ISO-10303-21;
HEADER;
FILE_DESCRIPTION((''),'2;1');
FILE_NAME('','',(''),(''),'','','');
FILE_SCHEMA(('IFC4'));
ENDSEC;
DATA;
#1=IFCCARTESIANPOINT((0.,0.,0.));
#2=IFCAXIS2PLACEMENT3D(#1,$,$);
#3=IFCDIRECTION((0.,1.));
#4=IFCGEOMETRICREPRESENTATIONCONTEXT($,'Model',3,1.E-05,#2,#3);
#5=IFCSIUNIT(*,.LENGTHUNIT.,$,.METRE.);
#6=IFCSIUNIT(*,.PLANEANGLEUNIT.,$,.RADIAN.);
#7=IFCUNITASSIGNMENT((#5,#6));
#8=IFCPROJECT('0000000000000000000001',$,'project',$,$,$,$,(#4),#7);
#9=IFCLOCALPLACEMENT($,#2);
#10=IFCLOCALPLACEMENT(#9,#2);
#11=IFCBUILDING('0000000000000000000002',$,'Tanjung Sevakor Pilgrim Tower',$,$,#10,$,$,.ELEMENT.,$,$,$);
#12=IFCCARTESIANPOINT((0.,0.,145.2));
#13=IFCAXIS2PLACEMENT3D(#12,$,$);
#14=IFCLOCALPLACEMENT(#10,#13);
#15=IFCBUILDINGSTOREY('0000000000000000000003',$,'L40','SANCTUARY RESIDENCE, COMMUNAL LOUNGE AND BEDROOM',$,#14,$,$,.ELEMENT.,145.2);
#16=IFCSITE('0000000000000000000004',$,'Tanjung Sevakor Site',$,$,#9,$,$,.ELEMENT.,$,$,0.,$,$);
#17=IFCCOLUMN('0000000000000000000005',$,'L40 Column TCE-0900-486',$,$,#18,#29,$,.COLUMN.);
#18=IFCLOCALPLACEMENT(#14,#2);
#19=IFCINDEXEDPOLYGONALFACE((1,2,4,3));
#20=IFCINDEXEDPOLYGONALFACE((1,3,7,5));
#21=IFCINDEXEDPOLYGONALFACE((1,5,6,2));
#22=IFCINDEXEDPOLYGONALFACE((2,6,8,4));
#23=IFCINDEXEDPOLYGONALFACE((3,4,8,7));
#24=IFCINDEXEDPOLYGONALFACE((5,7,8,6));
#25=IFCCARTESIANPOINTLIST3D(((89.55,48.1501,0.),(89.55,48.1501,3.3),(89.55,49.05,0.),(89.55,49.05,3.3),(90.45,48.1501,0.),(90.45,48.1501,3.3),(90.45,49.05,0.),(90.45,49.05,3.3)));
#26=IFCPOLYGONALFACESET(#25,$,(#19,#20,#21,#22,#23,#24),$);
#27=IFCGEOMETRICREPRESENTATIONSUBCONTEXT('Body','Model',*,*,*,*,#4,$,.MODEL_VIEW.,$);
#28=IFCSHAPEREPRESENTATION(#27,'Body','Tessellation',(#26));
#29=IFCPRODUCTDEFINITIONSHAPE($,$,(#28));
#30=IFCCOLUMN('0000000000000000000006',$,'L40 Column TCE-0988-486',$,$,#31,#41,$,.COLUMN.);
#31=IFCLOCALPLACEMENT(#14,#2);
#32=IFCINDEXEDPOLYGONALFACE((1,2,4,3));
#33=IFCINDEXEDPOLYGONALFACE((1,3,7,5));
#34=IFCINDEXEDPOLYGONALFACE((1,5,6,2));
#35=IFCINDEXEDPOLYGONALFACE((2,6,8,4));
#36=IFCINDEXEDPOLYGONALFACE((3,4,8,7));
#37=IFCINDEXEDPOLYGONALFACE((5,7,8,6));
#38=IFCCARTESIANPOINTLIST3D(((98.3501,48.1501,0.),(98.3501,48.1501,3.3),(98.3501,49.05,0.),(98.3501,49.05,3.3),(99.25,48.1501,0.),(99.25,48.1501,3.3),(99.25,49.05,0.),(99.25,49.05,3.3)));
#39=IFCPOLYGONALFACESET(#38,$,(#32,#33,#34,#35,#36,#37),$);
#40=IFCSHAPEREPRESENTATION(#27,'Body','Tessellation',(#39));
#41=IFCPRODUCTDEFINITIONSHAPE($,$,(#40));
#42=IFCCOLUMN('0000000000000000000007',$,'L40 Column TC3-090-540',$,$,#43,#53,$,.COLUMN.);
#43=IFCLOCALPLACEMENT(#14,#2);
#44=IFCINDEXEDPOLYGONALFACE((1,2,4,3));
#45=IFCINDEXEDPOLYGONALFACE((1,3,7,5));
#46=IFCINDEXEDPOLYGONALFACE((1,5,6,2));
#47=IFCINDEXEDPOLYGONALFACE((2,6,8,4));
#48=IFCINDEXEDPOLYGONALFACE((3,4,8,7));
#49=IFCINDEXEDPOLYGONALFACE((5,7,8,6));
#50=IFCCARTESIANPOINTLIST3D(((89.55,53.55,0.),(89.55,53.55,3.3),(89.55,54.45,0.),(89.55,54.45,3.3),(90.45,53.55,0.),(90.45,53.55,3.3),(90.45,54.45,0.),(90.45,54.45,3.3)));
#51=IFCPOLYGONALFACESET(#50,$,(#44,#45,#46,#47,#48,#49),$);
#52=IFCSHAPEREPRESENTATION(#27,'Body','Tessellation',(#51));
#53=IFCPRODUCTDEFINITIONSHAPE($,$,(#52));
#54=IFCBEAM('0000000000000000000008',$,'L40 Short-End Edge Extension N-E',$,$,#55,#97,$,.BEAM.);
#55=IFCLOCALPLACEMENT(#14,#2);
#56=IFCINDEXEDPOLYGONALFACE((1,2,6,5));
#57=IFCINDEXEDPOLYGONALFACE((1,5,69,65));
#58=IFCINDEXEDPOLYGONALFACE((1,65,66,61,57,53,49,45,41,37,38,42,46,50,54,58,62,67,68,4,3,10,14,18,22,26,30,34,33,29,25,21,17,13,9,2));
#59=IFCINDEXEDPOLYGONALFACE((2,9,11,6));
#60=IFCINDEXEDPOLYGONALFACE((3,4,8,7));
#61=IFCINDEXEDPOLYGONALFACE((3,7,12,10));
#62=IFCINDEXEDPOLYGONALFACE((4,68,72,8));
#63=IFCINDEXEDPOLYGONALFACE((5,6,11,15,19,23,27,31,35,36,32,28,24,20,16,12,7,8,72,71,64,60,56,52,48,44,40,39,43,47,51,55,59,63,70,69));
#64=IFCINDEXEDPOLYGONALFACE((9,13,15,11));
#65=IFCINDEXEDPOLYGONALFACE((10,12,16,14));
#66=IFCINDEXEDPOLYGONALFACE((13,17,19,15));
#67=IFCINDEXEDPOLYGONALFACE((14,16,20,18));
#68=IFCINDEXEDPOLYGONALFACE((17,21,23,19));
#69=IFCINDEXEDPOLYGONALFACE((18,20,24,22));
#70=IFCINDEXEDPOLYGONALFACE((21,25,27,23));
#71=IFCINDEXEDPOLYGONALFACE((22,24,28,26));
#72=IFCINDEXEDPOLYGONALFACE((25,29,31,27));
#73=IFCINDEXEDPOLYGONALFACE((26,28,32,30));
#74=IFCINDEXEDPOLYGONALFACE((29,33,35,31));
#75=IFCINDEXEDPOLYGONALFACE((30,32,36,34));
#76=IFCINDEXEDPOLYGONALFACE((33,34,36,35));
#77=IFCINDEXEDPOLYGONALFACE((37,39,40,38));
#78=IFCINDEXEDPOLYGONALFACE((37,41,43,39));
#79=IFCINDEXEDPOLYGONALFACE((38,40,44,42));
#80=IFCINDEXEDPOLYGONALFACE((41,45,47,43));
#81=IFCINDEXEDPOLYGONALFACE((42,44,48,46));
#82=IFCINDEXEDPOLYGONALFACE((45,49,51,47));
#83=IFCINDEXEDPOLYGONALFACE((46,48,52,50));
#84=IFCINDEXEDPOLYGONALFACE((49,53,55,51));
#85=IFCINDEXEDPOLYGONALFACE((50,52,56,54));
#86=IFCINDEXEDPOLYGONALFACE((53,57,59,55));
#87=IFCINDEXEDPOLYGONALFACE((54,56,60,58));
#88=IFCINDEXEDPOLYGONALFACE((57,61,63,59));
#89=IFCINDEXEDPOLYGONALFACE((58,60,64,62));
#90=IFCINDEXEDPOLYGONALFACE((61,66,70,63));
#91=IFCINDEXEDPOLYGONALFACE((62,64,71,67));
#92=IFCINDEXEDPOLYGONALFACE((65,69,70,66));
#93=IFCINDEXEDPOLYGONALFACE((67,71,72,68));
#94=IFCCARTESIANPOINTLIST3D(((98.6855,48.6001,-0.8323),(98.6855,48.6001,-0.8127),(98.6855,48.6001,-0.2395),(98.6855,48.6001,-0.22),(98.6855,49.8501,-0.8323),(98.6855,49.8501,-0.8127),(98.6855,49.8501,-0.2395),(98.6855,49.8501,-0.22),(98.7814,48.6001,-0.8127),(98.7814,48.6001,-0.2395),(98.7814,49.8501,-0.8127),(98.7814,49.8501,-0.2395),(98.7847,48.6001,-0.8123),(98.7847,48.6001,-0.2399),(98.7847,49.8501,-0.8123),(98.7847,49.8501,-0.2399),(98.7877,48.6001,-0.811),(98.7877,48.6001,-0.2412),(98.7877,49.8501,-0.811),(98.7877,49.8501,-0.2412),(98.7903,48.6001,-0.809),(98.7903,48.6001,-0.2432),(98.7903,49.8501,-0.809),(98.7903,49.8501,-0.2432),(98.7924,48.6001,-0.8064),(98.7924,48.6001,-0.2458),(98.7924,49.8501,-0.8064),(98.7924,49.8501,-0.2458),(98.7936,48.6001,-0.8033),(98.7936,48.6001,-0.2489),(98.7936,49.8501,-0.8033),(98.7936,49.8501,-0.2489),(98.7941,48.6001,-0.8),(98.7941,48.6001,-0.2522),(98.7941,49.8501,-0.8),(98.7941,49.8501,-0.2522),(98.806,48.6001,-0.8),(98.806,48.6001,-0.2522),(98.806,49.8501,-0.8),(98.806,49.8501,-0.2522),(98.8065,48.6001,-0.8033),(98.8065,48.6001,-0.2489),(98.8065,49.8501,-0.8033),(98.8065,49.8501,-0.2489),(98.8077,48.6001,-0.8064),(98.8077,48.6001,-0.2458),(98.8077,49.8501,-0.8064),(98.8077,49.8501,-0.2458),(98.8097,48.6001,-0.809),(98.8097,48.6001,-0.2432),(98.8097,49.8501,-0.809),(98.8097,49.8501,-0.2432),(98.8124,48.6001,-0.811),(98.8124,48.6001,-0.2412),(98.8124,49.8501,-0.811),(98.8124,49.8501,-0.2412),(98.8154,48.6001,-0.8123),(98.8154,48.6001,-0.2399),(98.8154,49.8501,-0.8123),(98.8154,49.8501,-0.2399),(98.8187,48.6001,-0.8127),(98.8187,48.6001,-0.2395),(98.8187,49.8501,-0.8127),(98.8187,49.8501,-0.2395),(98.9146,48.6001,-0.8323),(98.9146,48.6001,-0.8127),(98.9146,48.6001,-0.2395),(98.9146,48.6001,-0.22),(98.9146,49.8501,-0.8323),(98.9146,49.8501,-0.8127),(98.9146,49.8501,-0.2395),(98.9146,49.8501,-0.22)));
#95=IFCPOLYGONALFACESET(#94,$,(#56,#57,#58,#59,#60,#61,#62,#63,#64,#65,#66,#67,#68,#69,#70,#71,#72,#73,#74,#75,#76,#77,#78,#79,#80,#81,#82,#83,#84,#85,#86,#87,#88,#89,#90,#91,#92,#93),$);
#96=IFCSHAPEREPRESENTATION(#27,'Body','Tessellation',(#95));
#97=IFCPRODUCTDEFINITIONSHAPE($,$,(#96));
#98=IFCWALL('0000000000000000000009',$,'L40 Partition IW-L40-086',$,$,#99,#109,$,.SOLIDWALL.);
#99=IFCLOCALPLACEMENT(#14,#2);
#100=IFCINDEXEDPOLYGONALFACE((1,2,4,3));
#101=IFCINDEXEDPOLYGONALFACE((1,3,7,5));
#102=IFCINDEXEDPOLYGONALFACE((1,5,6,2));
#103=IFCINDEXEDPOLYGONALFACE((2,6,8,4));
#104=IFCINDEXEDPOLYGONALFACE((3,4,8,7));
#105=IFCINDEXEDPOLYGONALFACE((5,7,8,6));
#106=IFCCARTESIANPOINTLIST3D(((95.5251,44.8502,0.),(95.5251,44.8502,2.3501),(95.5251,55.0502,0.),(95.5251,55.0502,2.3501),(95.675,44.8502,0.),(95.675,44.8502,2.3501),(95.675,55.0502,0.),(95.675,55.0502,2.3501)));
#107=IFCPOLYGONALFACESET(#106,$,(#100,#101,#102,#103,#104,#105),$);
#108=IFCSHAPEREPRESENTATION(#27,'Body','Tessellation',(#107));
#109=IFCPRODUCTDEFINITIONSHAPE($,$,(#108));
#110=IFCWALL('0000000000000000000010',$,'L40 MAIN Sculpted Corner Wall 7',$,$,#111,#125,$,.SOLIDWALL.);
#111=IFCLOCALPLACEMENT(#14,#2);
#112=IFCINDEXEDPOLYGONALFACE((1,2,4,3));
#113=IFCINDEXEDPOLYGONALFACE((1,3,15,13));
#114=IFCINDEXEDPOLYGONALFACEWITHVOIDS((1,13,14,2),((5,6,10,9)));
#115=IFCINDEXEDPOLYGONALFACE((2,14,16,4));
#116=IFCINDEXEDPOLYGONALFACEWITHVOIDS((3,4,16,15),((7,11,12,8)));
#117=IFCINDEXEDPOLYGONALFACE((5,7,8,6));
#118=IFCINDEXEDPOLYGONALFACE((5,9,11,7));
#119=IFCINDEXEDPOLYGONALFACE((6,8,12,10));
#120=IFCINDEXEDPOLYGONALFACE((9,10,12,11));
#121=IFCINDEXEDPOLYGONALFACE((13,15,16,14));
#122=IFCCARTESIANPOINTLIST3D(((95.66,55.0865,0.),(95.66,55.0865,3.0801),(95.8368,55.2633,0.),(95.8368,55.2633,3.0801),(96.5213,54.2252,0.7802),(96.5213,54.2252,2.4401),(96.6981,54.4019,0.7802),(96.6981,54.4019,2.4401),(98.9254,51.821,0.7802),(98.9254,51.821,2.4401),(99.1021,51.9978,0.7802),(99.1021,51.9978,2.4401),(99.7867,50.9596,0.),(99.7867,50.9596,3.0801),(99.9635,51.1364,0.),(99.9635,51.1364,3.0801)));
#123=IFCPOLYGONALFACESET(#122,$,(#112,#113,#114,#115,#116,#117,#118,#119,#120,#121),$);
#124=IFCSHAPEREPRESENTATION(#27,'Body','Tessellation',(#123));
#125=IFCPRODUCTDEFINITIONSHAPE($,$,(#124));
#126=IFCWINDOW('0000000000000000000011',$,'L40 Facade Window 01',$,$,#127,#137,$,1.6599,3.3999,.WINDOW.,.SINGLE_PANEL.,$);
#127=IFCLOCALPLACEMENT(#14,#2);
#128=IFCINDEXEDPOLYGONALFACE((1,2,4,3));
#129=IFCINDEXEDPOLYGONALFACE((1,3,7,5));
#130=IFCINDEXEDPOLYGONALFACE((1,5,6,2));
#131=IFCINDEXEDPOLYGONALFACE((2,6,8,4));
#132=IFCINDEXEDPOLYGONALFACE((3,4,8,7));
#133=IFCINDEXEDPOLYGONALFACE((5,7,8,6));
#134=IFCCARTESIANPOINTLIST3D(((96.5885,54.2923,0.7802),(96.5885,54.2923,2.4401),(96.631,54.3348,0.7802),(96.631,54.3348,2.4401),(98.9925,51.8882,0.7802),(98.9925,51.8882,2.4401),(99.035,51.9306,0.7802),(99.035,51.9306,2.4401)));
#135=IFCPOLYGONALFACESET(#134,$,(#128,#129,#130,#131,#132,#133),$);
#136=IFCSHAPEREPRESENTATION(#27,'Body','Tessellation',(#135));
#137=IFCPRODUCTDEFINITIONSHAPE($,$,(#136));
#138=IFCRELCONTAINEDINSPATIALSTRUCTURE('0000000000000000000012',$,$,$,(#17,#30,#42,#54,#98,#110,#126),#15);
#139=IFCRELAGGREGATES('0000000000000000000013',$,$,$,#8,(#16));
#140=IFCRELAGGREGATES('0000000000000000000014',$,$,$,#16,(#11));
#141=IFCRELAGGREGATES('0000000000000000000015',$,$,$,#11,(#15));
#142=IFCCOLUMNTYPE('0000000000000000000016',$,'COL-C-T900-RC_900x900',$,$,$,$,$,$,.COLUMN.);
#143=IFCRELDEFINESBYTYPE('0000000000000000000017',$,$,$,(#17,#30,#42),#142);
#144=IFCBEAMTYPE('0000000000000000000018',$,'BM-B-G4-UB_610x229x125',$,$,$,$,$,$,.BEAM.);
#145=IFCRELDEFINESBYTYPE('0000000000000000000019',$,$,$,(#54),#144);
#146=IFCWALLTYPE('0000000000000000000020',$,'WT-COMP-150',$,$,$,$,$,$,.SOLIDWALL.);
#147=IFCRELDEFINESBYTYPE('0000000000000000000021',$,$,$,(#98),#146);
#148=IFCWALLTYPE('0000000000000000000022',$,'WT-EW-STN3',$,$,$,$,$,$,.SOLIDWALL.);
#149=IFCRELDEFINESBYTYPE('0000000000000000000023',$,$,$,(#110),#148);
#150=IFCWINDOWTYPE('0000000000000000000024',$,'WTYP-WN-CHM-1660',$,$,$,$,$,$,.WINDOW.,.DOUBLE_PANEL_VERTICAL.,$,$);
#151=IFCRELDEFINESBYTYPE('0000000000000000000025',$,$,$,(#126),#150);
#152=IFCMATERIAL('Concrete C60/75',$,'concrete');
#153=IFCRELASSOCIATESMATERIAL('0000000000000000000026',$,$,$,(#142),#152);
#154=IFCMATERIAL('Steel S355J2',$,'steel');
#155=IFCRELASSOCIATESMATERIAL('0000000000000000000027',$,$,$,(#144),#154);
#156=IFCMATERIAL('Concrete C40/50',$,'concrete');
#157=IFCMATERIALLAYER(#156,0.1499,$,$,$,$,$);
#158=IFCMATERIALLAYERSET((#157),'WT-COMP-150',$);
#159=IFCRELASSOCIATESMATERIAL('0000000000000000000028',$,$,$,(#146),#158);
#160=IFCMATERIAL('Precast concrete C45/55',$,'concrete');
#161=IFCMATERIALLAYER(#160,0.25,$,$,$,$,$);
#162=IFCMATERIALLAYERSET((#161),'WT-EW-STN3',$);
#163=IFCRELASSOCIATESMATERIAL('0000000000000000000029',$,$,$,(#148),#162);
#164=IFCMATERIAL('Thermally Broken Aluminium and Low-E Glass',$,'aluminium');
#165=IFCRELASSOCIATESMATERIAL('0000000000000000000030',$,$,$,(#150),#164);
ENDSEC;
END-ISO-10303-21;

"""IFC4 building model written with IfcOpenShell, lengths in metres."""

from ifc_helpers import new_model, si_unit, direction, frame, frame_2d, origin, origin_2d, place, context, subcontext, project, spatial, rectangle, i_section, extrude, material, layer, layer_set, material_profile, profile_set, type_object, element, fill, save


model = new_model("IFC4")

# Units and contexts
model_context = context("Model", 3, precision=1e-05, world=origin(), true_north=direction((0.0, 1.0)))
body_context = subcontext(model_context, "Body", "Model", "MODEL_VIEW")
ifc_project = project(units=[si_unit("LENGTHUNIT", "METRE"), si_unit("PLANEANGLEUNIT", "RADIAN")], contexts=[model_context])

# Site, building, storey
site_placement = place(None, origin())
site = spatial("IfcSite", under=ifc_project, at=site_placement, Name="Tanjung Sevakor Site", CompositionType="ELEMENT", RefElevation=0.0)
building_placement = place(site_placement, origin())
building = spatial("IfcBuilding", under=site, at=building_placement, Name="Tanjung Sevakor Pilgrim Tower", CompositionType="ELEMENT")
storey_placement = place(building_placement, frame((0.0, 0.0, 145.2)))
storey = spatial("IfcBuildingStorey", under=building, at=storey_placement, Name="L40", Description="SANCTUARY RESIDENCE, COMMUNAL LOUNGE AND BEDROOM", CompositionType="ELEMENT", Elevation=145.2)

# Columns
ifc_material_1 = material(Name="Concrete C60/75", Category="concrete")
ifc_material_profile_1 = material_profile(ifc_material_1, rectangle(XDim=0.8999, YDim=0.8999, at=origin_2d()))
ifc_profile_set_1 = profile_set([ifc_material_profile_1], Name="Concrete C60/75")
column_type = type_object("IfcColumnType", Name="COL-C-T900-RC_900x900", PredefinedType="COLUMN", material=ifc_profile_set_1)
for number, where, z_axis, x_axis, name in (
    (1, (90.0, 48.6001, 0.0), (0.0, 0.0, 1.0), (1.0, 0.0, 0.0), "L40 Column TCE-0900-486"),
    (2, (98.8, 48.6001, 0.0), (0.0, 0.0, 1.0), (1.0, 0.0, 0.0), "L40 Column TCE-0988-486"),
    (3, (90.0, 54.0, 0.0), (0.0, 0.0, 1.0), (1.0, 0.0, 0.0), "L40 Column TC3-090-540"),
):
    element("IfcColumn", number, at=place(storey_placement, frame(where, z_axis=z_axis, x_axis=x_axis)), inside=storey, type_object=column_type, Name=name, PredefinedType="COLUMN", context=body_context, shape_type="SweptSolid", body=[
        extrude(rectangle(XDim=0.8999, YDim=0.8999, at=origin_2d()), origin(), (0.0, 0.0, 1.0), 3.3),
    ])

# Beam
ifc_material_2 = material(Name="Steel S355J2", Category="steel")
ifc_material_profile_2 = material_profile(ifc_material_2, i_section(OverallWidth=0.229, OverallDepth=0.6123, WebThickness=0.012, FlangeThickness=0.0195, FilletRadius=0.0127, at=origin_2d()))
ifc_profile_set_2 = profile_set([ifc_material_profile_2], Name="Steel S355J2")
beam_type = type_object("IfcBeamType", Name="BM-B-G4-UB_610x229x125", PredefinedType="BEAM", material=ifc_profile_set_2)
beam_placement = place(storey_placement, frame((98.8, 48.6001, -0.5261), z_axis=(0.0, 1.0, 0.0), x_axis=(-1.0, 0.0, 0.0)))
element("IfcBeam", 4, at=beam_placement, inside=storey, type_object=beam_type, Name="L40 Short-End Edge Extension N-E", PredefinedType="BEAM", context=body_context, shape_type="SweptSolid", body=[
    extrude(i_section(OverallWidth=0.229, OverallDepth=0.6123, WebThickness=0.012, FlangeThickness=0.0195, FilletRadius=0.0127, at=origin_2d()), origin(), (0.0, 0.0, 1.0), 1.25),
])

# Wall
ifc_material_3 = material(Name="Concrete C40/50", Category="concrete")
ifc_layer_1 = layer(ifc_material_3, 0.1499)
ifc_layer_set_1 = layer_set([ifc_layer_1], Name="WT-COMP-150")
wall_type_1 = type_object("IfcWallType", Name="WT-COMP-150", PredefinedType="SOLIDWALL", material=ifc_layer_set_1)
wall_1_placement = place(storey_placement, frame((95.6001, 44.8501, 0.0), z_axis=(0.0, 0.0, 1.0), x_axis=(0.0, 1.0, 0.0)))
element("IfcWall", 5, at=wall_1_placement, inside=storey, type_object=wall_type_1, Name="L40 Partition IW-L40-086", PredefinedType="SOLIDWALL", context=body_context, shape_type="SweptSolid", body=[
    extrude(rectangle(XDim=10.2, YDim=0.1499, at=frame_2d((5.1001, 0.0))), origin(), (0.0, 0.0, 1.0), 2.3501),
])

# Wall, opening, window
ifc_material_4 = material(Name="Precast concrete C45/55", Category="concrete")
ifc_layer_2 = layer(ifc_material_4, 0.25)
ifc_layer_set_2 = layer_set([ifc_layer_2], Name="WT-EW-STN3")
wall_type_2 = type_object("IfcWallType", Name="WT-EW-STN3", PredefinedType="SOLIDWALL", material=ifc_layer_set_2)
wall_2_placement = place(storey_placement, frame((99.875, 51.0481, 0.0), z_axis=(0.0, 0.0, 1.0), x_axis=(-0.707086, 0.707128, 0.0)))
wall_2 = element("IfcWall", 6, at=wall_2_placement, inside=storey, type_object=wall_type_2, Name="L40 MAIN Sculpted Corner Wall 7", PredefinedType="SOLIDWALL", context=body_context, shape_type="SweptSolid", body=[
    extrude(rectangle(XDim=5.8362, YDim=0.25, at=frame_2d((2.918, 0.0))), origin(), (0.0, 0.0, 1.0), 3.0801),
])
opening_1_placement = place(wall_2_placement, frame((1.218, 0.0, 0.78)))
opening_1 = element("IfcOpeningElement", 7, at=opening_1_placement, cuts=wall_2, PredefinedType="OPENING", context=body_context, shape_type="SweptSolid", body=[
    extrude(rectangle(XDim=3.3999, YDim=1.6599, at=frame_2d((1.7, 0.8301))), frame((0.0, 0.135, 0.0), z_axis=(0.0, -1.0, 0.0), x_axis=(1.0, 0.0, 0.0)), (0.0, 0.0, 1.0), 0.27),
])
ifc_material_5 = material(Name="Thermally Broken Aluminium and Low-E Glass", Category="aluminium")
window_type_1 = type_object("IfcWindowType", Name="WTYP-WN-CHM-1660", PartitioningType="DOUBLE_PANEL_VERTICAL", PredefinedType="WINDOW", material=ifc_material_5)
window_1_placement = place(opening_1_placement, origin())
window_1 = element("IfcWindow", 8, at=window_1_placement, inside=storey, type_object=window_type_1, Name="L40 Facade Window 01", OverallHeight=1.6599, OverallWidth=3.3999, PartitioningType="SINGLE_PANEL", PredefinedType="WINDOW", context=body_context, shape_type="SweptSolid", body=[
    extrude(rectangle(XDim=3.3999, YDim=1.6599, at=frame_2d((1.7, 0.8301))), frame((0.0, 0.03, 0.0), z_axis=(0.0, -1.0, 0.0), x_axis=(1.0, 0.0, 0.0)), (0.0, 0.0, 1.0), 0.0601),
])
fill(opening_1, window_1)

save(model, "model.ifc")
